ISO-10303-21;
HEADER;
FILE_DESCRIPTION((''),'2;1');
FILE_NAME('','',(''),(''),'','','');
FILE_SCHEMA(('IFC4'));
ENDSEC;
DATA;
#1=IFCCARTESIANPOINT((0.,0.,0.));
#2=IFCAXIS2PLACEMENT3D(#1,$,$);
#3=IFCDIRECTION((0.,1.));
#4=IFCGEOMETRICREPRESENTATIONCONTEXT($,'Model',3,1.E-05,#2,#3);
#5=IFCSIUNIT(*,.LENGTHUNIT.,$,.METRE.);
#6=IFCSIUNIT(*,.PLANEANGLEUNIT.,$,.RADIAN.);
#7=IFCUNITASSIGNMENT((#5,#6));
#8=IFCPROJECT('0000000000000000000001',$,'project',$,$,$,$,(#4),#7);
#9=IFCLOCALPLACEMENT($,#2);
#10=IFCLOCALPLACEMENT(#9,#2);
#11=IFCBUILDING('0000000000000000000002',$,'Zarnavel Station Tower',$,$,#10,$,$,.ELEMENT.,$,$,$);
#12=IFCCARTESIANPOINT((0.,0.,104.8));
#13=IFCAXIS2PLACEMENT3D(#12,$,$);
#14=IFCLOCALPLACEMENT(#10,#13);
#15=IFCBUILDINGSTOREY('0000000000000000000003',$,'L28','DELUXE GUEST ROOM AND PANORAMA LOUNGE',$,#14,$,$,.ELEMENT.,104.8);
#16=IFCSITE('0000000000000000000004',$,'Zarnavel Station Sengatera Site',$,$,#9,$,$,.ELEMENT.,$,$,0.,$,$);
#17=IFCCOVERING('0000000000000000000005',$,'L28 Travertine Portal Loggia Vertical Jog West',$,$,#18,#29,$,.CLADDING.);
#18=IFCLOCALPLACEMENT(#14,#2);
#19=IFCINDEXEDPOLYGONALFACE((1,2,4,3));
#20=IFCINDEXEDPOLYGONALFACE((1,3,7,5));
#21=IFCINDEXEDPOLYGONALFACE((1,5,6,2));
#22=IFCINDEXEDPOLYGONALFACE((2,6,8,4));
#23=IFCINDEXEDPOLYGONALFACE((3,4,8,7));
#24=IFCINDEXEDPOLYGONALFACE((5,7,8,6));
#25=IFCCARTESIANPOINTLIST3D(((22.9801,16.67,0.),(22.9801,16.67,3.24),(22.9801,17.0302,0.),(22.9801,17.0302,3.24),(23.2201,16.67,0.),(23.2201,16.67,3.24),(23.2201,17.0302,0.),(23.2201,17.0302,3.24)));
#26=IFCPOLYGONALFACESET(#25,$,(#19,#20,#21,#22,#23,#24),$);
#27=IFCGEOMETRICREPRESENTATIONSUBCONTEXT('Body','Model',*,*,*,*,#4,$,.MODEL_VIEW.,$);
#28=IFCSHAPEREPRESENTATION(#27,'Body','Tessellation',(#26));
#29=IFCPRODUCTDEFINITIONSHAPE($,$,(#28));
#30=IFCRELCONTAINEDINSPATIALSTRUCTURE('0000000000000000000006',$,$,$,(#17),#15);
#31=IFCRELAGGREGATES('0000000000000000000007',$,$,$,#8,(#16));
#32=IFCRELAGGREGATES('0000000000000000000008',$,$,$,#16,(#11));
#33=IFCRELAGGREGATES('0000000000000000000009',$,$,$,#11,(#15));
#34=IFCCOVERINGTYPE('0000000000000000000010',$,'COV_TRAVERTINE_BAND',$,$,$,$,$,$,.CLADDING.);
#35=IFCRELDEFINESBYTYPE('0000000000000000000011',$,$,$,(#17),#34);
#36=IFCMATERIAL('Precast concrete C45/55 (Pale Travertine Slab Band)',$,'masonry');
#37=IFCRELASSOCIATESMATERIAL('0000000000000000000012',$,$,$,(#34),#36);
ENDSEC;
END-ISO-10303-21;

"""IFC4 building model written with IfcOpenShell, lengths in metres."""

from ifc_helpers import new_model, si_unit, direction, frame, origin, origin_2d, place, context, subcontext, project, spatial, rectangle, extrude, material, type_object, element, save


model = new_model("IFC4")

# Units and contexts
model_context = context("Model", 3, precision=1e-05, world=origin(), true_north=direction((0.0, 1.0)))
body_context = subcontext(model_context, "Body", "Model", "MODEL_VIEW")
ifc_project = project(units=[si_unit("LENGTHUNIT", "METRE"), si_unit("PLANEANGLEUNIT", "RADIAN")], contexts=[model_context])

# Site, building, storey
site_placement = place(None, origin())
site = spatial("IfcSite", under=ifc_project, at=site_placement, Name="Zarnavel Station Sengatera Site", CompositionType="ELEMENT", RefElevation=0.0)
building_placement = place(site_placement, origin())
building = spatial("IfcBuilding", under=site, at=building_placement, Name="Zarnavel Station Tower", CompositionType="ELEMENT")
storey_placement = place(building_placement, frame((0.0, 0.0, 104.8)))
storey = spatial("IfcBuildingStorey", under=building, at=storey_placement, Name="L28", Description="DELUXE GUEST ROOM AND PANORAMA LOUNGE", CompositionType="ELEMENT", Elevation=104.8)

# Covering
ifc_material_1 = material(Name="Precast concrete C45/55 (Pale Travertine Slab Band)", Category="masonry")
covering_type = type_object("IfcCoveringType", Name="COV_TRAVERTINE_BAND", PredefinedType="CLADDING", material=ifc_material_1)
covering_placement = place(storey_placement, frame((23.1001, 16.8501, 0.0), z_axis=(0.0, 0.0, 1.0), x_axis=(1.0, 0.0, 0.0)))
element("IfcCovering", 1, at=covering_placement, inside=storey, type_object=covering_type, Name="L28 Travertine Portal Loggia Vertical Jog West", PredefinedType="CLADDING", context=body_context, shape_type="SweptSolid", body=[
    extrude(rectangle(XDim=0.24, YDim=0.3601, at=origin_2d()), origin(), (0.0, 0.0, 1.0), 3.24),
])

save(model, "model.ifc")
